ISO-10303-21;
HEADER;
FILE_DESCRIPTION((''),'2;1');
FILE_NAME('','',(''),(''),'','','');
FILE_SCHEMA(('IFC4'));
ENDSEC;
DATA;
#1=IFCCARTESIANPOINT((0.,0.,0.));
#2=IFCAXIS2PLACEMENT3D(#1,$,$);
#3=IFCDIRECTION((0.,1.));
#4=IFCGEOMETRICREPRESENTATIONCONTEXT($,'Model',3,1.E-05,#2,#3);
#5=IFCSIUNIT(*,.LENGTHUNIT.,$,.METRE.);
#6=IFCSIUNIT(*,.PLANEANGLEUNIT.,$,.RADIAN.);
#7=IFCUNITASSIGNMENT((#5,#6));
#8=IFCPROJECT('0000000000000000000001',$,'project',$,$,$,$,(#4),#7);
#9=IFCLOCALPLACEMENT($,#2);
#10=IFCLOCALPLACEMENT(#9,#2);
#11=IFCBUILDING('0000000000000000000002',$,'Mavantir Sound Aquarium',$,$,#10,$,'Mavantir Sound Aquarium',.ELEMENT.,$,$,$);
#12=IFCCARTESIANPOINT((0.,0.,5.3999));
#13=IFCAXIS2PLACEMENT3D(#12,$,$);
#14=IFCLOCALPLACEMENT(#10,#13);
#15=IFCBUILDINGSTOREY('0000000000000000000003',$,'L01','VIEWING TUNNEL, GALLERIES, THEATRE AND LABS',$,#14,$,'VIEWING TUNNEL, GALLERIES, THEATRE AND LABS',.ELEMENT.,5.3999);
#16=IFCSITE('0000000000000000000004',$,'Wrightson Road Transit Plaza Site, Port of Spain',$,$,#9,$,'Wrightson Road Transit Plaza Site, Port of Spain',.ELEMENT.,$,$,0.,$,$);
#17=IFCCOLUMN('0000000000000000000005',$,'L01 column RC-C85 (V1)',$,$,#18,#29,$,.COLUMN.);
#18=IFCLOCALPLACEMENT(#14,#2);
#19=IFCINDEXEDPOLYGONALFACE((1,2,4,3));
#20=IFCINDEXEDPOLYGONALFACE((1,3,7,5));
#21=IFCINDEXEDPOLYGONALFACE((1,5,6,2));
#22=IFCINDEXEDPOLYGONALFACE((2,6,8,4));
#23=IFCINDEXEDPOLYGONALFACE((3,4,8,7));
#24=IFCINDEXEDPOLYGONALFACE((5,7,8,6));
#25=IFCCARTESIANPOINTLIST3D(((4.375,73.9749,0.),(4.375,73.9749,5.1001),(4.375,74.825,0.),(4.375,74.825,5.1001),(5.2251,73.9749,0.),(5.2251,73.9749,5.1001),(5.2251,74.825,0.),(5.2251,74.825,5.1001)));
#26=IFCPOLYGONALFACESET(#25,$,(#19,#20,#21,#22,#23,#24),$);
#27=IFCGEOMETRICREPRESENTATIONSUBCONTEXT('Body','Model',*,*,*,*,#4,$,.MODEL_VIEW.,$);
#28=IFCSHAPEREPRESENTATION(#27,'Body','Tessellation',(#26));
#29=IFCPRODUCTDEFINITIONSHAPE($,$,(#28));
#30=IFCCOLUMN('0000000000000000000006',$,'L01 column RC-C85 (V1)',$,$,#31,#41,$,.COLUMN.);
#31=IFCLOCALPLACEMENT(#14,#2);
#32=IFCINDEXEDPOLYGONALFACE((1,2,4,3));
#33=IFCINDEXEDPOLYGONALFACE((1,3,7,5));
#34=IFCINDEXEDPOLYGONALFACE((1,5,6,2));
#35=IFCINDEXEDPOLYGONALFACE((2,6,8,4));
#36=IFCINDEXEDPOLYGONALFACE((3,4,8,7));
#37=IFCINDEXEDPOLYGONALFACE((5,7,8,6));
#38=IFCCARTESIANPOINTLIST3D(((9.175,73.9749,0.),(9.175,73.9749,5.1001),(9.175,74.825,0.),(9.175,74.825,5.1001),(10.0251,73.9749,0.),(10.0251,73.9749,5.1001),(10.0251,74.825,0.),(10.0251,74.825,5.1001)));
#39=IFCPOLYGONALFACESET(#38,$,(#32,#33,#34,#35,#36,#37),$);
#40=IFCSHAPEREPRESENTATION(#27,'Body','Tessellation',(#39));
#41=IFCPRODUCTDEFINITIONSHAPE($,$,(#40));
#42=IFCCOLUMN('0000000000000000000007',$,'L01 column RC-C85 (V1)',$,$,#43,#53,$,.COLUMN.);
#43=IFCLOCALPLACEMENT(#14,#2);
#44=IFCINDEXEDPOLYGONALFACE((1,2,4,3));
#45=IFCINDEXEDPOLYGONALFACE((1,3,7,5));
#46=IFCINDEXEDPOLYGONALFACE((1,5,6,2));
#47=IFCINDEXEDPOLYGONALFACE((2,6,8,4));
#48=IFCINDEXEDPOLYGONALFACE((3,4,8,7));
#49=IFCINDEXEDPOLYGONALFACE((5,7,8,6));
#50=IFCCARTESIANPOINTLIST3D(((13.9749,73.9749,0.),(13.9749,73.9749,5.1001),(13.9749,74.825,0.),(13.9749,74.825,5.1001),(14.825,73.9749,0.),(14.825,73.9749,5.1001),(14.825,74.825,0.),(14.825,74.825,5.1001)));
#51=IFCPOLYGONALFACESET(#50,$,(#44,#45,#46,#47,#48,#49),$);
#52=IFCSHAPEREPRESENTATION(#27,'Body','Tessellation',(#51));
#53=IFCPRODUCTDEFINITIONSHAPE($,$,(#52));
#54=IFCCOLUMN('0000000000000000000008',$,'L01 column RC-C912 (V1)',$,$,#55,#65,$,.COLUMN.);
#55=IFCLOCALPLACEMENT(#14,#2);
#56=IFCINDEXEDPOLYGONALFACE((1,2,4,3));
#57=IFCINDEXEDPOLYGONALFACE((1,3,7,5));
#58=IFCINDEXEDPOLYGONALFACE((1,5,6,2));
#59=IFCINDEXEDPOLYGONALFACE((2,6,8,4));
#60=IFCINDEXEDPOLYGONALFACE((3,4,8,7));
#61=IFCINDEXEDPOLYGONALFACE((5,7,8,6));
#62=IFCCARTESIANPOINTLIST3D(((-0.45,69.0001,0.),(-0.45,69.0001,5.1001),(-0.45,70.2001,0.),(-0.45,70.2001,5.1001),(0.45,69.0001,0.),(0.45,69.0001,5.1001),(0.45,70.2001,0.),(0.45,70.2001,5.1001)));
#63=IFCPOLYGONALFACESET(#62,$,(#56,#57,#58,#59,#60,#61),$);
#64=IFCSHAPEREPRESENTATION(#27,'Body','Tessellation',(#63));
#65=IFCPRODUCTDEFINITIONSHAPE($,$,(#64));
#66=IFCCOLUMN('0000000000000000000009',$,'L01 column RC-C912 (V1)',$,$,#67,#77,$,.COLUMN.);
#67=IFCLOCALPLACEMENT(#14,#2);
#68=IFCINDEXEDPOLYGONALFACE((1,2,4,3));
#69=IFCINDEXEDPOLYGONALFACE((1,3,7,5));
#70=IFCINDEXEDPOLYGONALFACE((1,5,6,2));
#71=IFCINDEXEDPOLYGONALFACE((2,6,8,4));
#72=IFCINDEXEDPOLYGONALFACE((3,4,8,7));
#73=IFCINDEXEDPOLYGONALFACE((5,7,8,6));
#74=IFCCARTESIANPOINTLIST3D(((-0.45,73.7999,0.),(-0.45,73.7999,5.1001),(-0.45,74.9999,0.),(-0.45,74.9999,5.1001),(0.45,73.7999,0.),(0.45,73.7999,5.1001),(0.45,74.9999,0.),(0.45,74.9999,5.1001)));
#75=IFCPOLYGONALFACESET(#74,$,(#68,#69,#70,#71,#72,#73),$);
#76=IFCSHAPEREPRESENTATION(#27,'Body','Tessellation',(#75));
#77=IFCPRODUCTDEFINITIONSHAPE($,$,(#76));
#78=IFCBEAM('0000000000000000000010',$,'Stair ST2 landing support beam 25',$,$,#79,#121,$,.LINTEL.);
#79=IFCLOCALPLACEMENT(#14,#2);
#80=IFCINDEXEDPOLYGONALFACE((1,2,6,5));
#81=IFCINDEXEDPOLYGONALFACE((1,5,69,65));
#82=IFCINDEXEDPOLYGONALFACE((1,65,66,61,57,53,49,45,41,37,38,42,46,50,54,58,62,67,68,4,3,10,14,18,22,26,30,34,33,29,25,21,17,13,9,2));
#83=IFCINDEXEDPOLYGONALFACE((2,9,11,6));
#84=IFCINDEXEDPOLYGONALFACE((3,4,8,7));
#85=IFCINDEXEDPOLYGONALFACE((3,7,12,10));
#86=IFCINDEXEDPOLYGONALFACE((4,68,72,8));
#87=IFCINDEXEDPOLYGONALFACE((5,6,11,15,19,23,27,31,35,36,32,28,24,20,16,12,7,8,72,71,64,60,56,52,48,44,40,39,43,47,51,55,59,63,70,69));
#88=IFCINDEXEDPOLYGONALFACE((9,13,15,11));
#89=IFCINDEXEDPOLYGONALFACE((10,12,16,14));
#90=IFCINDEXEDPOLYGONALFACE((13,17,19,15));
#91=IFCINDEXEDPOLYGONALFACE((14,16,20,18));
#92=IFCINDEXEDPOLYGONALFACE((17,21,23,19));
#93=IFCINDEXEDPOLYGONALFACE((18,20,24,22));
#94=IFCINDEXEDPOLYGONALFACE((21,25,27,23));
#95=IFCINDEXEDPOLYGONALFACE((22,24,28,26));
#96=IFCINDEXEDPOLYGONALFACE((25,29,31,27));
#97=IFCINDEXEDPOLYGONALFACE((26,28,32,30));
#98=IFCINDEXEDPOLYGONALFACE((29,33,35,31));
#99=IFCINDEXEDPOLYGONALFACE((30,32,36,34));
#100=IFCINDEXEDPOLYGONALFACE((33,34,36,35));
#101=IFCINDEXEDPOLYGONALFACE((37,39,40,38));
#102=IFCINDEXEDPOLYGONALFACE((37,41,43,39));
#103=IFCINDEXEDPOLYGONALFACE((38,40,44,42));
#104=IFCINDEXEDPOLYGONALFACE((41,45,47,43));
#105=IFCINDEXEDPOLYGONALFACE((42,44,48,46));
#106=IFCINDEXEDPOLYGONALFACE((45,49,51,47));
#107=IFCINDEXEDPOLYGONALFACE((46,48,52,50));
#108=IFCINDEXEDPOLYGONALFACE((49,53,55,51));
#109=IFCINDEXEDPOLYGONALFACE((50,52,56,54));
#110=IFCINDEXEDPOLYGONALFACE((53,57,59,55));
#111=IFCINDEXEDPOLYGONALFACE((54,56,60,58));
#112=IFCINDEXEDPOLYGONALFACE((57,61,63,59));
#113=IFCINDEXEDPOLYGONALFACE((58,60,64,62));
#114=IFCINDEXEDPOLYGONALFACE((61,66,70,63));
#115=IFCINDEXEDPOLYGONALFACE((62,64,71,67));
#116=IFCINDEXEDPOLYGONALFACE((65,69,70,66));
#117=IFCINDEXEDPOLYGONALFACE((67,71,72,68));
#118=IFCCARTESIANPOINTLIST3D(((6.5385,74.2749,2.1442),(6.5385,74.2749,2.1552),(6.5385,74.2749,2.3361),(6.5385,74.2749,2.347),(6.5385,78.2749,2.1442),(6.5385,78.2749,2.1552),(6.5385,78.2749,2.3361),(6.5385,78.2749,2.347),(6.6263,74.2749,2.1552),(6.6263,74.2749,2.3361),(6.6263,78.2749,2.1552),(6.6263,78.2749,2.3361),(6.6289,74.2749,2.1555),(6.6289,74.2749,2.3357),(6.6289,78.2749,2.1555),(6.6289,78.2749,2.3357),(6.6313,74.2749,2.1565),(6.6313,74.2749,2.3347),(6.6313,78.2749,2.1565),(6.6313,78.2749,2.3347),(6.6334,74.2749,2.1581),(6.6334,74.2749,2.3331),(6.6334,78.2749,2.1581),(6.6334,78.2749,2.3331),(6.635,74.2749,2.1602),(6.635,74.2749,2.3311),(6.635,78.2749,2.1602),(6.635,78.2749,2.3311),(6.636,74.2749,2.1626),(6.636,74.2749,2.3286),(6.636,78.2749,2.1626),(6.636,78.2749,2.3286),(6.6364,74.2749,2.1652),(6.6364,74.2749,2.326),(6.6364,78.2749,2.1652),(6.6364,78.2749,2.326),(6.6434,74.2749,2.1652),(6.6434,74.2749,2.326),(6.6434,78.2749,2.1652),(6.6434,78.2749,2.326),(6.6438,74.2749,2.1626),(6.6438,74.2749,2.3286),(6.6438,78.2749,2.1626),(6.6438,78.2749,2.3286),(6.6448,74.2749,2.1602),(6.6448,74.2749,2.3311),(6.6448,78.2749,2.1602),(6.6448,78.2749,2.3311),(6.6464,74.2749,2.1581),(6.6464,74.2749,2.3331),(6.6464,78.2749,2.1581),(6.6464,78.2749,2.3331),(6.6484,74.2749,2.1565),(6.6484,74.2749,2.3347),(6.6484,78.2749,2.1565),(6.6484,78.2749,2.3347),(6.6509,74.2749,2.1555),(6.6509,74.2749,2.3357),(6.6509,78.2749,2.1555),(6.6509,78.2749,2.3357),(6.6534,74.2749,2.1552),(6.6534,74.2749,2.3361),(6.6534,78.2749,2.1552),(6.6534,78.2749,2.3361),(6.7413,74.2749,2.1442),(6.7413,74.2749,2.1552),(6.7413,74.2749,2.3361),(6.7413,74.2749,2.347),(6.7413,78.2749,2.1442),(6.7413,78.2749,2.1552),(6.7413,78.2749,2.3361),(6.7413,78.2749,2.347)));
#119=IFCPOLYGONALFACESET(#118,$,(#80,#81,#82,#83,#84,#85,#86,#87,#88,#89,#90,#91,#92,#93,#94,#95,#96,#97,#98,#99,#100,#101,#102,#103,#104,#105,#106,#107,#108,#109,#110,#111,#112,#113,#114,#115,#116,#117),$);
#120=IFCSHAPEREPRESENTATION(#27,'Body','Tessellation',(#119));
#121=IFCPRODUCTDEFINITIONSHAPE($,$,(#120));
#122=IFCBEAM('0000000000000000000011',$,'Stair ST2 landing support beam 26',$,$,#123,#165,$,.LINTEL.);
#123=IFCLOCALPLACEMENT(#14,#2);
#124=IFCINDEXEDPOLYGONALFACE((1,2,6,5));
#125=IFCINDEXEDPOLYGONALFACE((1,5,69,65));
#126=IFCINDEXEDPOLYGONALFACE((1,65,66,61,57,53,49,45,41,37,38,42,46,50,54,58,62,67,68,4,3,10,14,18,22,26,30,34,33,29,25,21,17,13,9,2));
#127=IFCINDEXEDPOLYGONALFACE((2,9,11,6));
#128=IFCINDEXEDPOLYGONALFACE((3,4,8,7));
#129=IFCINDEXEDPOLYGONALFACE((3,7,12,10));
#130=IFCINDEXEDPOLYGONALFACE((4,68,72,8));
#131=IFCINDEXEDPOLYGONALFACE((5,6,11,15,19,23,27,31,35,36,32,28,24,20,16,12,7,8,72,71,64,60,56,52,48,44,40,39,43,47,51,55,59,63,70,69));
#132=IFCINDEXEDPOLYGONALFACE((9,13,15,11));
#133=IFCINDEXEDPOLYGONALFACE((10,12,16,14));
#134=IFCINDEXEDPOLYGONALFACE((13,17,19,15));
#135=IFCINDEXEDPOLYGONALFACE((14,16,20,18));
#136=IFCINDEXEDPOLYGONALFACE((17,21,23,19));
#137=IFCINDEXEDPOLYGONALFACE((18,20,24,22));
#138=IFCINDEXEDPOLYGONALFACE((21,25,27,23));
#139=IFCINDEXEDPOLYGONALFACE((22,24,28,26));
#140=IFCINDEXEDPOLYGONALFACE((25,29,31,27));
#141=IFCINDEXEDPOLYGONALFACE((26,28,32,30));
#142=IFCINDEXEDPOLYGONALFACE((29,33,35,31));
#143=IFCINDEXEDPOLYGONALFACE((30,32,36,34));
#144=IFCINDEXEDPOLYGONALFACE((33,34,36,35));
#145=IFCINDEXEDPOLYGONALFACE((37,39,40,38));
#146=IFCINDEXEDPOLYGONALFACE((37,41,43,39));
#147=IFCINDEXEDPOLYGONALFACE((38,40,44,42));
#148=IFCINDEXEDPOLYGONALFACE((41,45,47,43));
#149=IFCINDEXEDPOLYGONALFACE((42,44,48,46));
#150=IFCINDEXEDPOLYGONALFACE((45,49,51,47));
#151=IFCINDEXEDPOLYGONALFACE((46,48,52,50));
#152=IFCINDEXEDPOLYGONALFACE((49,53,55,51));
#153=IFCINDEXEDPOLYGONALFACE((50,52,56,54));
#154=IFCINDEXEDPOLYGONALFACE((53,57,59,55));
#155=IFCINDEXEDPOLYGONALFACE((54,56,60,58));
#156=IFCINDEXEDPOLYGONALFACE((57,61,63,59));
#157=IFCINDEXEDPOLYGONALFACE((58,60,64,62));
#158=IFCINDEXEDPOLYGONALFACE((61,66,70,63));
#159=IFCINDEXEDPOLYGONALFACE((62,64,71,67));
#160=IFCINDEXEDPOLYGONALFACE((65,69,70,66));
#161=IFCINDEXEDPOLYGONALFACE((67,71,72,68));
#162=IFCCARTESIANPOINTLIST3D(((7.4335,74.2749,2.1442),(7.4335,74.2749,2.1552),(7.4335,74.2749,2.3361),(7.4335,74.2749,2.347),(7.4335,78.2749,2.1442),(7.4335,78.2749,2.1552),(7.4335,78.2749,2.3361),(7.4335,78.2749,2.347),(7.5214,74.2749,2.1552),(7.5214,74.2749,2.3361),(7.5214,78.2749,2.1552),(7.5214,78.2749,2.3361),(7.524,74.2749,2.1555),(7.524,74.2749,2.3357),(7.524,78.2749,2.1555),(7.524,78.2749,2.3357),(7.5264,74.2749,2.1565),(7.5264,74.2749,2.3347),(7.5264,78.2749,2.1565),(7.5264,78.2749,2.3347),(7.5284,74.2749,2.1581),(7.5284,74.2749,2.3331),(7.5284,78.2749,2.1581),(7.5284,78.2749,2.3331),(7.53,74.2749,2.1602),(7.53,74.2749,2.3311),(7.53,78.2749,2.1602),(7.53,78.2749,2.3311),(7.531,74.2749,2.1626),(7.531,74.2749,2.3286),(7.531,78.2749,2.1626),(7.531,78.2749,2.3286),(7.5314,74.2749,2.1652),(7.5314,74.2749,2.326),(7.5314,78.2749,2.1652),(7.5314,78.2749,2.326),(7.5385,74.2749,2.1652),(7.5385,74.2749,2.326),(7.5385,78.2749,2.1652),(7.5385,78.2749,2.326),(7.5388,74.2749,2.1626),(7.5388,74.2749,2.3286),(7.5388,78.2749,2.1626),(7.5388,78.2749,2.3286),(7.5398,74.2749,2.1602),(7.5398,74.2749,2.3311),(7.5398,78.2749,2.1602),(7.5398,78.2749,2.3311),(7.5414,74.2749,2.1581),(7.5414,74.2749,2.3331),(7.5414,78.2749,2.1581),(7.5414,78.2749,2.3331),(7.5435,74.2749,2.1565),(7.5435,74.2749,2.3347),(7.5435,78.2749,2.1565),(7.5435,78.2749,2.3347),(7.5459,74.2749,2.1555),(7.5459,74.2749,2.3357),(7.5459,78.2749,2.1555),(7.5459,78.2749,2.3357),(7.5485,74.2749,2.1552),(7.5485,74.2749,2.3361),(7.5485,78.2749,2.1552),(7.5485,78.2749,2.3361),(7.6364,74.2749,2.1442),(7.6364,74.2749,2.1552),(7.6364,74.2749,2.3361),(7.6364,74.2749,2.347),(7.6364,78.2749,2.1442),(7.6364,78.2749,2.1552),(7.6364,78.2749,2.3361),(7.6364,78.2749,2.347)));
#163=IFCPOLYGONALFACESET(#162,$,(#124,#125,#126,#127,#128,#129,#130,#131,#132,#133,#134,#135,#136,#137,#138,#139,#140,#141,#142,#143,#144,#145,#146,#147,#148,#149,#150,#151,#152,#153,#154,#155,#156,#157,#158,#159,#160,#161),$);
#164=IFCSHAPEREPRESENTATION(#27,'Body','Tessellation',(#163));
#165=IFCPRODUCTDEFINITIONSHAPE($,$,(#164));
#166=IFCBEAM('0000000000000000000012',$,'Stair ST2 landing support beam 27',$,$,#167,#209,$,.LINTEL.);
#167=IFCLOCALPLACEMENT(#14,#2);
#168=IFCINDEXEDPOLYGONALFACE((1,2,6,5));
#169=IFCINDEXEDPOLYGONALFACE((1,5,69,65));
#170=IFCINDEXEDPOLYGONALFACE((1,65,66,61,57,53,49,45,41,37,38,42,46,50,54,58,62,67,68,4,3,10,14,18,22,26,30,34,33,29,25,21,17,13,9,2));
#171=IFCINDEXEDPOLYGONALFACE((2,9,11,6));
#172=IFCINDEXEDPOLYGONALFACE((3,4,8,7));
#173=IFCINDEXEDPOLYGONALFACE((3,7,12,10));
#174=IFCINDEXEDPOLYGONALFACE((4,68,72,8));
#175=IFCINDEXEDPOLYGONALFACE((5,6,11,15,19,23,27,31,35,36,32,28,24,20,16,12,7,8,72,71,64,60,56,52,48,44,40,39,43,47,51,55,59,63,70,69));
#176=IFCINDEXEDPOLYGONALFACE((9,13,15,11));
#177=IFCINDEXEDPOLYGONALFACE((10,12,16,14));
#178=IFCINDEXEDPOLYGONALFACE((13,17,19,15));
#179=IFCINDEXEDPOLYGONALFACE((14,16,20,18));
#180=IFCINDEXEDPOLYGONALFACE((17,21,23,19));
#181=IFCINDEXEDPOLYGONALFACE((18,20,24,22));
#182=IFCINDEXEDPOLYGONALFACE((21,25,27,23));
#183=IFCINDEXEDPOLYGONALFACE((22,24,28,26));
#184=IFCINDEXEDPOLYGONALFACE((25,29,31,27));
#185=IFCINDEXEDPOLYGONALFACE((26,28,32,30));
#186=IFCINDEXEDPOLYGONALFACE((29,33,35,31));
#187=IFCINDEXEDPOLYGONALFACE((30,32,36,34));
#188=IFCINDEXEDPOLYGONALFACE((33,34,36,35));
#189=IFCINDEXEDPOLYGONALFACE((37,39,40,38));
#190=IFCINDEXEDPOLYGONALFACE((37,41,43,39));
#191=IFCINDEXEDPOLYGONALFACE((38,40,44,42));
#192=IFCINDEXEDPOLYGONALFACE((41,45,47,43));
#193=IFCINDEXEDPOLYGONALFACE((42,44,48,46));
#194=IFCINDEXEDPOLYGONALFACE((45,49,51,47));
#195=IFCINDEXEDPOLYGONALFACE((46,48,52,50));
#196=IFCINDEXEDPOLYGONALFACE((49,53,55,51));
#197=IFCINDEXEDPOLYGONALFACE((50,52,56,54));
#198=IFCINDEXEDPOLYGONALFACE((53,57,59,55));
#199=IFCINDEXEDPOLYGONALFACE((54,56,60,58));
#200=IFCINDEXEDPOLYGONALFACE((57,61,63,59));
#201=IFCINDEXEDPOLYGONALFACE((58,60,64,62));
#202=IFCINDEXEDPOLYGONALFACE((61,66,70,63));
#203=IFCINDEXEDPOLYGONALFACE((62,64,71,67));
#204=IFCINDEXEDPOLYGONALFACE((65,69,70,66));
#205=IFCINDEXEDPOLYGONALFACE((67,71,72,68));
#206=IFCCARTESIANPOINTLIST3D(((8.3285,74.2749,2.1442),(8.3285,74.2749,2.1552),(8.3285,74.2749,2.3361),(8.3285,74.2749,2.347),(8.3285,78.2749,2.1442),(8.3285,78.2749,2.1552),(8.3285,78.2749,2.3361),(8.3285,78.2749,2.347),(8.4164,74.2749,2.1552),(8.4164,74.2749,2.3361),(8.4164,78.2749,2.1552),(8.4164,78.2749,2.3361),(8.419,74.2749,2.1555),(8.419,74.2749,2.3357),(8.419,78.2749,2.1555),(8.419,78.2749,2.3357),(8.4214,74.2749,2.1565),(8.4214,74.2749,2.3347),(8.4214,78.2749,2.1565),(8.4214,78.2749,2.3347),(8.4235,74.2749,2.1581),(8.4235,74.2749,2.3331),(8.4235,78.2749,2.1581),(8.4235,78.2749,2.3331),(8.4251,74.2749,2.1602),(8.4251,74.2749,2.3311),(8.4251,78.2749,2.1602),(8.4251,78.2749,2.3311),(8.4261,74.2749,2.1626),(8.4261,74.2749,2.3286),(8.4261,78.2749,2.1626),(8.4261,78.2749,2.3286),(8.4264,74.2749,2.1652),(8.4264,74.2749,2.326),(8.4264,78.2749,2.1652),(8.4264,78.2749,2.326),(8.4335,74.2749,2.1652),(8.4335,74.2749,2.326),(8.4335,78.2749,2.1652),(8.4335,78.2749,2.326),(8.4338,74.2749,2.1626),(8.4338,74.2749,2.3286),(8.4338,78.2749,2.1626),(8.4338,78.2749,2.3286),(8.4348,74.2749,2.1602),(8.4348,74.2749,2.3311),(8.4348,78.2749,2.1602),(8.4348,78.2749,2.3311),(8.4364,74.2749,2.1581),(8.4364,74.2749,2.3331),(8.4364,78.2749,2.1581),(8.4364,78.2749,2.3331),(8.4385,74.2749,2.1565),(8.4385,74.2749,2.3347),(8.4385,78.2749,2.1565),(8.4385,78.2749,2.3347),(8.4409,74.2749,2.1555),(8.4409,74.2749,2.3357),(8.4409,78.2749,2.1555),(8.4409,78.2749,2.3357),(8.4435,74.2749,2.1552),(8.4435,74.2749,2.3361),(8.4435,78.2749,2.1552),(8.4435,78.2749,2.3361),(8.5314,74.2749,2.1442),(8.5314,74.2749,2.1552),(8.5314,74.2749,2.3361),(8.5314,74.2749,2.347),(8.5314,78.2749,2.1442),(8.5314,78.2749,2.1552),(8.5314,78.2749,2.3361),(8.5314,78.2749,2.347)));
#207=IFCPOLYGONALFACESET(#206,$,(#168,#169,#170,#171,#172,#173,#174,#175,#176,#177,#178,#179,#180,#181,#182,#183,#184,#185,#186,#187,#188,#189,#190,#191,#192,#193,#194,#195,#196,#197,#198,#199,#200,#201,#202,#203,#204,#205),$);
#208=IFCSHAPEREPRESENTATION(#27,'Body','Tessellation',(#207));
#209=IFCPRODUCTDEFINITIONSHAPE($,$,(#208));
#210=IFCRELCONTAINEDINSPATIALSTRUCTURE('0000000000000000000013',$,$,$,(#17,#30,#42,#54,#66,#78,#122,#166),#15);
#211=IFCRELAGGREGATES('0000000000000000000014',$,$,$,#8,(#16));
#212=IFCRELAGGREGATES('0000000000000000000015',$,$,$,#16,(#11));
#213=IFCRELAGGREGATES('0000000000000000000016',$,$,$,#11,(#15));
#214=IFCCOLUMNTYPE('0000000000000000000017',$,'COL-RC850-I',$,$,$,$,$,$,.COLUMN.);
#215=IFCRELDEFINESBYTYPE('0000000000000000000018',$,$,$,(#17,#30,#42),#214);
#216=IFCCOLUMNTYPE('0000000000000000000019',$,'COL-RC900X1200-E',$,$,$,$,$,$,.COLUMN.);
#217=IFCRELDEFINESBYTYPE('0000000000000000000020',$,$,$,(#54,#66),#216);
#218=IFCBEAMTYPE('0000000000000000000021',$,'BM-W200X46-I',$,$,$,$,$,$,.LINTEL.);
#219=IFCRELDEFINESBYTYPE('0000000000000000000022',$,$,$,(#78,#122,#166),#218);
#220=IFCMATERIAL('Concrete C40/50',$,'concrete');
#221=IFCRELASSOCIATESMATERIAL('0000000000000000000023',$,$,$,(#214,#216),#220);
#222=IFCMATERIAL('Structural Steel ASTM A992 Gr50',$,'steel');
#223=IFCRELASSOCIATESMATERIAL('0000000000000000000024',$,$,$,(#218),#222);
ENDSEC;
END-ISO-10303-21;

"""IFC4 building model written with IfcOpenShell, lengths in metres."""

from ifc_helpers import new_model, si_unit, direction, frame, origin, origin_2d, place, context, subcontext, project, spatial, rectangle, i_section, extrude, material, material_profile, profile_set, type_object, element, save


model = new_model("IFC4")

# Units and contexts
model_context = context("Model", 3, precision=1e-05, world=origin(), true_north=direction((0.0, 1.0)))
body_context = subcontext(model_context, "Body", "Model", "MODEL_VIEW")
ifc_project = project(units=[si_unit("LENGTHUNIT", "METRE"), si_unit("PLANEANGLEUNIT", "RADIAN")], contexts=[model_context])

# Site, building, storey
site_placement = place(None, origin())
site = spatial("IfcSite", under=ifc_project, at=site_placement, Name="Wrightson Road Transit Plaza Site, Port of Spain", LongName="Wrightson Road Transit Plaza Site, Port of Spain", CompositionType="ELEMENT", RefElevation=0.0)
building_placement = place(site_placement, origin())
building = spatial("IfcBuilding", under=site, at=building_placement, Name="Mavantir Sound Aquarium", LongName="Mavantir Sound Aquarium", CompositionType="ELEMENT")
storey_placement = place(building_placement, frame((0.0, 0.0, 5.3999)))
storey = spatial("IfcBuildingStorey", under=building, at=storey_placement, Name="L01", Description="VIEWING TUNNEL, GALLERIES, THEATRE AND LABS", LongName="VIEWING TUNNEL, GALLERIES, THEATRE AND LABS", CompositionType="ELEMENT", Elevation=5.3999)

# Columns
ifc_material_1 = material(Name="Concrete C40/50", Category="concrete")
ifc_material_profile_1 = material_profile(ifc_material_1, rectangle(XDim=0.8501, YDim=0.8501, at=origin_2d()), Name="RC 850X850")
ifc_profile_set_1 = profile_set([ifc_material_profile_1], Name="Concrete C40/50")
column_type_1 = type_object("IfcColumnType", Name="COL-RC850-I", PredefinedType="COLUMN", material=ifc_profile_set_1)
for number, where, z_axis, x_axis, name in (
    (1, (4.8, 74.3999, 0.0), (0.0, 0.0, 1.0), (1.0, 0.0, 0.0), "L01 column RC-C85 (V1)"),
    (2, (9.6001, 74.3999, 0.0), (0.0, 0.0, 1.0), (1.0, 0.0, 0.0), "L01 column RC-C85 (V1)"),
    (3, (14.3999, 74.3999, 0.0), (0.0, 0.0, 1.0), (1.0, 0.0, 0.0), "L01 column RC-C85 (V1)"),
):
    element("IfcColumn", number, at=place(storey_placement, frame(where, z_axis=z_axis, x_axis=x_axis)), inside=storey, type_object=column_type_1, Name=name, PredefinedType="COLUMN", context=body_context, shape_type="SweptSolid", body=[
        extrude(rectangle(XDim=0.8501, YDim=0.8501, at=origin_2d()), origin(), (0.0, 0.0, 1.0), 5.1001),
    ])
ifc_material_profile_2 = material_profile(ifc_material_1, rectangle(XDim=0.8999, YDim=1.2, at=origin_2d()), Name="RC 900X1200")
ifc_profile_set_2 = profile_set([ifc_material_profile_2], Name="Concrete C40/50")
column_type_2 = type_object("IfcColumnType", Name="COL-RC900X1200-E", PredefinedType="COLUMN", material=ifc_profile_set_2)
for number, where, z_axis, x_axis, name in (
    (4, (0.0, 69.6001, 0.0), (0.0, 0.0, 1.0), (1.0, 0.0, 0.0), "L01 column RC-C912 (V1)"),
    (5, (0.0, 74.3999, 0.0), (0.0, 0.0, 1.0), (1.0, 0.0, 0.0), "L01 column RC-C912 (V1)"),
):
    element("IfcColumn", number, at=place(storey_placement, frame(where, z_axis=z_axis, x_axis=x_axis)), inside=storey, type_object=column_type_2, Name=name, PredefinedType="COLUMN", context=body_context, shape_type="SweptSolid", body=[
        extrude(rectangle(XDim=0.8999, YDim=1.2, at=origin_2d()), origin(), (0.0, 0.0, 1.0), 5.1001),
    ])

# Beams
ifc_material_2 = material(Name="Structural Steel ASTM A992 Gr50", Category="steel")
ifc_material_profile_3 = material_profile(ifc_material_2, i_section(OverallWidth=0.2029, OverallDepth=0.2029, WebThickness=0.0071, FlangeThickness=0.011, FilletRadius=0.01, at=origin_2d()), Name="W200X46")
ifc_profile_set_3 = profile_set([ifc_material_profile_3], Name="Structural Steel ASTM A992 Gr50")
beam_type_1 = type_object("IfcBeamType", Name="BM-W200X46-I", PredefinedType="LINTEL", material=ifc_profile_set_3)
for number, where, z_axis, x_axis, name in (
    (6, (6.6399, 74.2749, 2.2456), (0.0, 1.0, 0.0), (-1.0, 0.0, 0.0), "Stair ST2 landing support beam 25"),
    (7, (7.5349, 74.2749, 2.2456), (0.0, 1.0, 0.0), (-1.0, 0.0, 0.0), "Stair ST2 landing support beam 26"),
    (8, (8.4299, 74.2749, 2.2456), (0.0, 1.0, 0.0), (-1.0, 0.0, 0.0), "Stair ST2 landing support beam 27"),
):
    element("IfcBeam", number, at=place(storey_placement, frame(where, z_axis=z_axis, x_axis=x_axis)), inside=storey, type_object=beam_type_1, Name=name, PredefinedType="LINTEL", context=body_context, shape_type="SweptSolid", body=[
        extrude(i_section(OverallWidth=0.2029, OverallDepth=0.2029, WebThickness=0.0071, FlangeThickness=0.011, FilletRadius=0.01, at=origin_2d()), origin(), (0.0, 0.0, 1.0), 4.0),
    ])

save(model, "model.ifc")
